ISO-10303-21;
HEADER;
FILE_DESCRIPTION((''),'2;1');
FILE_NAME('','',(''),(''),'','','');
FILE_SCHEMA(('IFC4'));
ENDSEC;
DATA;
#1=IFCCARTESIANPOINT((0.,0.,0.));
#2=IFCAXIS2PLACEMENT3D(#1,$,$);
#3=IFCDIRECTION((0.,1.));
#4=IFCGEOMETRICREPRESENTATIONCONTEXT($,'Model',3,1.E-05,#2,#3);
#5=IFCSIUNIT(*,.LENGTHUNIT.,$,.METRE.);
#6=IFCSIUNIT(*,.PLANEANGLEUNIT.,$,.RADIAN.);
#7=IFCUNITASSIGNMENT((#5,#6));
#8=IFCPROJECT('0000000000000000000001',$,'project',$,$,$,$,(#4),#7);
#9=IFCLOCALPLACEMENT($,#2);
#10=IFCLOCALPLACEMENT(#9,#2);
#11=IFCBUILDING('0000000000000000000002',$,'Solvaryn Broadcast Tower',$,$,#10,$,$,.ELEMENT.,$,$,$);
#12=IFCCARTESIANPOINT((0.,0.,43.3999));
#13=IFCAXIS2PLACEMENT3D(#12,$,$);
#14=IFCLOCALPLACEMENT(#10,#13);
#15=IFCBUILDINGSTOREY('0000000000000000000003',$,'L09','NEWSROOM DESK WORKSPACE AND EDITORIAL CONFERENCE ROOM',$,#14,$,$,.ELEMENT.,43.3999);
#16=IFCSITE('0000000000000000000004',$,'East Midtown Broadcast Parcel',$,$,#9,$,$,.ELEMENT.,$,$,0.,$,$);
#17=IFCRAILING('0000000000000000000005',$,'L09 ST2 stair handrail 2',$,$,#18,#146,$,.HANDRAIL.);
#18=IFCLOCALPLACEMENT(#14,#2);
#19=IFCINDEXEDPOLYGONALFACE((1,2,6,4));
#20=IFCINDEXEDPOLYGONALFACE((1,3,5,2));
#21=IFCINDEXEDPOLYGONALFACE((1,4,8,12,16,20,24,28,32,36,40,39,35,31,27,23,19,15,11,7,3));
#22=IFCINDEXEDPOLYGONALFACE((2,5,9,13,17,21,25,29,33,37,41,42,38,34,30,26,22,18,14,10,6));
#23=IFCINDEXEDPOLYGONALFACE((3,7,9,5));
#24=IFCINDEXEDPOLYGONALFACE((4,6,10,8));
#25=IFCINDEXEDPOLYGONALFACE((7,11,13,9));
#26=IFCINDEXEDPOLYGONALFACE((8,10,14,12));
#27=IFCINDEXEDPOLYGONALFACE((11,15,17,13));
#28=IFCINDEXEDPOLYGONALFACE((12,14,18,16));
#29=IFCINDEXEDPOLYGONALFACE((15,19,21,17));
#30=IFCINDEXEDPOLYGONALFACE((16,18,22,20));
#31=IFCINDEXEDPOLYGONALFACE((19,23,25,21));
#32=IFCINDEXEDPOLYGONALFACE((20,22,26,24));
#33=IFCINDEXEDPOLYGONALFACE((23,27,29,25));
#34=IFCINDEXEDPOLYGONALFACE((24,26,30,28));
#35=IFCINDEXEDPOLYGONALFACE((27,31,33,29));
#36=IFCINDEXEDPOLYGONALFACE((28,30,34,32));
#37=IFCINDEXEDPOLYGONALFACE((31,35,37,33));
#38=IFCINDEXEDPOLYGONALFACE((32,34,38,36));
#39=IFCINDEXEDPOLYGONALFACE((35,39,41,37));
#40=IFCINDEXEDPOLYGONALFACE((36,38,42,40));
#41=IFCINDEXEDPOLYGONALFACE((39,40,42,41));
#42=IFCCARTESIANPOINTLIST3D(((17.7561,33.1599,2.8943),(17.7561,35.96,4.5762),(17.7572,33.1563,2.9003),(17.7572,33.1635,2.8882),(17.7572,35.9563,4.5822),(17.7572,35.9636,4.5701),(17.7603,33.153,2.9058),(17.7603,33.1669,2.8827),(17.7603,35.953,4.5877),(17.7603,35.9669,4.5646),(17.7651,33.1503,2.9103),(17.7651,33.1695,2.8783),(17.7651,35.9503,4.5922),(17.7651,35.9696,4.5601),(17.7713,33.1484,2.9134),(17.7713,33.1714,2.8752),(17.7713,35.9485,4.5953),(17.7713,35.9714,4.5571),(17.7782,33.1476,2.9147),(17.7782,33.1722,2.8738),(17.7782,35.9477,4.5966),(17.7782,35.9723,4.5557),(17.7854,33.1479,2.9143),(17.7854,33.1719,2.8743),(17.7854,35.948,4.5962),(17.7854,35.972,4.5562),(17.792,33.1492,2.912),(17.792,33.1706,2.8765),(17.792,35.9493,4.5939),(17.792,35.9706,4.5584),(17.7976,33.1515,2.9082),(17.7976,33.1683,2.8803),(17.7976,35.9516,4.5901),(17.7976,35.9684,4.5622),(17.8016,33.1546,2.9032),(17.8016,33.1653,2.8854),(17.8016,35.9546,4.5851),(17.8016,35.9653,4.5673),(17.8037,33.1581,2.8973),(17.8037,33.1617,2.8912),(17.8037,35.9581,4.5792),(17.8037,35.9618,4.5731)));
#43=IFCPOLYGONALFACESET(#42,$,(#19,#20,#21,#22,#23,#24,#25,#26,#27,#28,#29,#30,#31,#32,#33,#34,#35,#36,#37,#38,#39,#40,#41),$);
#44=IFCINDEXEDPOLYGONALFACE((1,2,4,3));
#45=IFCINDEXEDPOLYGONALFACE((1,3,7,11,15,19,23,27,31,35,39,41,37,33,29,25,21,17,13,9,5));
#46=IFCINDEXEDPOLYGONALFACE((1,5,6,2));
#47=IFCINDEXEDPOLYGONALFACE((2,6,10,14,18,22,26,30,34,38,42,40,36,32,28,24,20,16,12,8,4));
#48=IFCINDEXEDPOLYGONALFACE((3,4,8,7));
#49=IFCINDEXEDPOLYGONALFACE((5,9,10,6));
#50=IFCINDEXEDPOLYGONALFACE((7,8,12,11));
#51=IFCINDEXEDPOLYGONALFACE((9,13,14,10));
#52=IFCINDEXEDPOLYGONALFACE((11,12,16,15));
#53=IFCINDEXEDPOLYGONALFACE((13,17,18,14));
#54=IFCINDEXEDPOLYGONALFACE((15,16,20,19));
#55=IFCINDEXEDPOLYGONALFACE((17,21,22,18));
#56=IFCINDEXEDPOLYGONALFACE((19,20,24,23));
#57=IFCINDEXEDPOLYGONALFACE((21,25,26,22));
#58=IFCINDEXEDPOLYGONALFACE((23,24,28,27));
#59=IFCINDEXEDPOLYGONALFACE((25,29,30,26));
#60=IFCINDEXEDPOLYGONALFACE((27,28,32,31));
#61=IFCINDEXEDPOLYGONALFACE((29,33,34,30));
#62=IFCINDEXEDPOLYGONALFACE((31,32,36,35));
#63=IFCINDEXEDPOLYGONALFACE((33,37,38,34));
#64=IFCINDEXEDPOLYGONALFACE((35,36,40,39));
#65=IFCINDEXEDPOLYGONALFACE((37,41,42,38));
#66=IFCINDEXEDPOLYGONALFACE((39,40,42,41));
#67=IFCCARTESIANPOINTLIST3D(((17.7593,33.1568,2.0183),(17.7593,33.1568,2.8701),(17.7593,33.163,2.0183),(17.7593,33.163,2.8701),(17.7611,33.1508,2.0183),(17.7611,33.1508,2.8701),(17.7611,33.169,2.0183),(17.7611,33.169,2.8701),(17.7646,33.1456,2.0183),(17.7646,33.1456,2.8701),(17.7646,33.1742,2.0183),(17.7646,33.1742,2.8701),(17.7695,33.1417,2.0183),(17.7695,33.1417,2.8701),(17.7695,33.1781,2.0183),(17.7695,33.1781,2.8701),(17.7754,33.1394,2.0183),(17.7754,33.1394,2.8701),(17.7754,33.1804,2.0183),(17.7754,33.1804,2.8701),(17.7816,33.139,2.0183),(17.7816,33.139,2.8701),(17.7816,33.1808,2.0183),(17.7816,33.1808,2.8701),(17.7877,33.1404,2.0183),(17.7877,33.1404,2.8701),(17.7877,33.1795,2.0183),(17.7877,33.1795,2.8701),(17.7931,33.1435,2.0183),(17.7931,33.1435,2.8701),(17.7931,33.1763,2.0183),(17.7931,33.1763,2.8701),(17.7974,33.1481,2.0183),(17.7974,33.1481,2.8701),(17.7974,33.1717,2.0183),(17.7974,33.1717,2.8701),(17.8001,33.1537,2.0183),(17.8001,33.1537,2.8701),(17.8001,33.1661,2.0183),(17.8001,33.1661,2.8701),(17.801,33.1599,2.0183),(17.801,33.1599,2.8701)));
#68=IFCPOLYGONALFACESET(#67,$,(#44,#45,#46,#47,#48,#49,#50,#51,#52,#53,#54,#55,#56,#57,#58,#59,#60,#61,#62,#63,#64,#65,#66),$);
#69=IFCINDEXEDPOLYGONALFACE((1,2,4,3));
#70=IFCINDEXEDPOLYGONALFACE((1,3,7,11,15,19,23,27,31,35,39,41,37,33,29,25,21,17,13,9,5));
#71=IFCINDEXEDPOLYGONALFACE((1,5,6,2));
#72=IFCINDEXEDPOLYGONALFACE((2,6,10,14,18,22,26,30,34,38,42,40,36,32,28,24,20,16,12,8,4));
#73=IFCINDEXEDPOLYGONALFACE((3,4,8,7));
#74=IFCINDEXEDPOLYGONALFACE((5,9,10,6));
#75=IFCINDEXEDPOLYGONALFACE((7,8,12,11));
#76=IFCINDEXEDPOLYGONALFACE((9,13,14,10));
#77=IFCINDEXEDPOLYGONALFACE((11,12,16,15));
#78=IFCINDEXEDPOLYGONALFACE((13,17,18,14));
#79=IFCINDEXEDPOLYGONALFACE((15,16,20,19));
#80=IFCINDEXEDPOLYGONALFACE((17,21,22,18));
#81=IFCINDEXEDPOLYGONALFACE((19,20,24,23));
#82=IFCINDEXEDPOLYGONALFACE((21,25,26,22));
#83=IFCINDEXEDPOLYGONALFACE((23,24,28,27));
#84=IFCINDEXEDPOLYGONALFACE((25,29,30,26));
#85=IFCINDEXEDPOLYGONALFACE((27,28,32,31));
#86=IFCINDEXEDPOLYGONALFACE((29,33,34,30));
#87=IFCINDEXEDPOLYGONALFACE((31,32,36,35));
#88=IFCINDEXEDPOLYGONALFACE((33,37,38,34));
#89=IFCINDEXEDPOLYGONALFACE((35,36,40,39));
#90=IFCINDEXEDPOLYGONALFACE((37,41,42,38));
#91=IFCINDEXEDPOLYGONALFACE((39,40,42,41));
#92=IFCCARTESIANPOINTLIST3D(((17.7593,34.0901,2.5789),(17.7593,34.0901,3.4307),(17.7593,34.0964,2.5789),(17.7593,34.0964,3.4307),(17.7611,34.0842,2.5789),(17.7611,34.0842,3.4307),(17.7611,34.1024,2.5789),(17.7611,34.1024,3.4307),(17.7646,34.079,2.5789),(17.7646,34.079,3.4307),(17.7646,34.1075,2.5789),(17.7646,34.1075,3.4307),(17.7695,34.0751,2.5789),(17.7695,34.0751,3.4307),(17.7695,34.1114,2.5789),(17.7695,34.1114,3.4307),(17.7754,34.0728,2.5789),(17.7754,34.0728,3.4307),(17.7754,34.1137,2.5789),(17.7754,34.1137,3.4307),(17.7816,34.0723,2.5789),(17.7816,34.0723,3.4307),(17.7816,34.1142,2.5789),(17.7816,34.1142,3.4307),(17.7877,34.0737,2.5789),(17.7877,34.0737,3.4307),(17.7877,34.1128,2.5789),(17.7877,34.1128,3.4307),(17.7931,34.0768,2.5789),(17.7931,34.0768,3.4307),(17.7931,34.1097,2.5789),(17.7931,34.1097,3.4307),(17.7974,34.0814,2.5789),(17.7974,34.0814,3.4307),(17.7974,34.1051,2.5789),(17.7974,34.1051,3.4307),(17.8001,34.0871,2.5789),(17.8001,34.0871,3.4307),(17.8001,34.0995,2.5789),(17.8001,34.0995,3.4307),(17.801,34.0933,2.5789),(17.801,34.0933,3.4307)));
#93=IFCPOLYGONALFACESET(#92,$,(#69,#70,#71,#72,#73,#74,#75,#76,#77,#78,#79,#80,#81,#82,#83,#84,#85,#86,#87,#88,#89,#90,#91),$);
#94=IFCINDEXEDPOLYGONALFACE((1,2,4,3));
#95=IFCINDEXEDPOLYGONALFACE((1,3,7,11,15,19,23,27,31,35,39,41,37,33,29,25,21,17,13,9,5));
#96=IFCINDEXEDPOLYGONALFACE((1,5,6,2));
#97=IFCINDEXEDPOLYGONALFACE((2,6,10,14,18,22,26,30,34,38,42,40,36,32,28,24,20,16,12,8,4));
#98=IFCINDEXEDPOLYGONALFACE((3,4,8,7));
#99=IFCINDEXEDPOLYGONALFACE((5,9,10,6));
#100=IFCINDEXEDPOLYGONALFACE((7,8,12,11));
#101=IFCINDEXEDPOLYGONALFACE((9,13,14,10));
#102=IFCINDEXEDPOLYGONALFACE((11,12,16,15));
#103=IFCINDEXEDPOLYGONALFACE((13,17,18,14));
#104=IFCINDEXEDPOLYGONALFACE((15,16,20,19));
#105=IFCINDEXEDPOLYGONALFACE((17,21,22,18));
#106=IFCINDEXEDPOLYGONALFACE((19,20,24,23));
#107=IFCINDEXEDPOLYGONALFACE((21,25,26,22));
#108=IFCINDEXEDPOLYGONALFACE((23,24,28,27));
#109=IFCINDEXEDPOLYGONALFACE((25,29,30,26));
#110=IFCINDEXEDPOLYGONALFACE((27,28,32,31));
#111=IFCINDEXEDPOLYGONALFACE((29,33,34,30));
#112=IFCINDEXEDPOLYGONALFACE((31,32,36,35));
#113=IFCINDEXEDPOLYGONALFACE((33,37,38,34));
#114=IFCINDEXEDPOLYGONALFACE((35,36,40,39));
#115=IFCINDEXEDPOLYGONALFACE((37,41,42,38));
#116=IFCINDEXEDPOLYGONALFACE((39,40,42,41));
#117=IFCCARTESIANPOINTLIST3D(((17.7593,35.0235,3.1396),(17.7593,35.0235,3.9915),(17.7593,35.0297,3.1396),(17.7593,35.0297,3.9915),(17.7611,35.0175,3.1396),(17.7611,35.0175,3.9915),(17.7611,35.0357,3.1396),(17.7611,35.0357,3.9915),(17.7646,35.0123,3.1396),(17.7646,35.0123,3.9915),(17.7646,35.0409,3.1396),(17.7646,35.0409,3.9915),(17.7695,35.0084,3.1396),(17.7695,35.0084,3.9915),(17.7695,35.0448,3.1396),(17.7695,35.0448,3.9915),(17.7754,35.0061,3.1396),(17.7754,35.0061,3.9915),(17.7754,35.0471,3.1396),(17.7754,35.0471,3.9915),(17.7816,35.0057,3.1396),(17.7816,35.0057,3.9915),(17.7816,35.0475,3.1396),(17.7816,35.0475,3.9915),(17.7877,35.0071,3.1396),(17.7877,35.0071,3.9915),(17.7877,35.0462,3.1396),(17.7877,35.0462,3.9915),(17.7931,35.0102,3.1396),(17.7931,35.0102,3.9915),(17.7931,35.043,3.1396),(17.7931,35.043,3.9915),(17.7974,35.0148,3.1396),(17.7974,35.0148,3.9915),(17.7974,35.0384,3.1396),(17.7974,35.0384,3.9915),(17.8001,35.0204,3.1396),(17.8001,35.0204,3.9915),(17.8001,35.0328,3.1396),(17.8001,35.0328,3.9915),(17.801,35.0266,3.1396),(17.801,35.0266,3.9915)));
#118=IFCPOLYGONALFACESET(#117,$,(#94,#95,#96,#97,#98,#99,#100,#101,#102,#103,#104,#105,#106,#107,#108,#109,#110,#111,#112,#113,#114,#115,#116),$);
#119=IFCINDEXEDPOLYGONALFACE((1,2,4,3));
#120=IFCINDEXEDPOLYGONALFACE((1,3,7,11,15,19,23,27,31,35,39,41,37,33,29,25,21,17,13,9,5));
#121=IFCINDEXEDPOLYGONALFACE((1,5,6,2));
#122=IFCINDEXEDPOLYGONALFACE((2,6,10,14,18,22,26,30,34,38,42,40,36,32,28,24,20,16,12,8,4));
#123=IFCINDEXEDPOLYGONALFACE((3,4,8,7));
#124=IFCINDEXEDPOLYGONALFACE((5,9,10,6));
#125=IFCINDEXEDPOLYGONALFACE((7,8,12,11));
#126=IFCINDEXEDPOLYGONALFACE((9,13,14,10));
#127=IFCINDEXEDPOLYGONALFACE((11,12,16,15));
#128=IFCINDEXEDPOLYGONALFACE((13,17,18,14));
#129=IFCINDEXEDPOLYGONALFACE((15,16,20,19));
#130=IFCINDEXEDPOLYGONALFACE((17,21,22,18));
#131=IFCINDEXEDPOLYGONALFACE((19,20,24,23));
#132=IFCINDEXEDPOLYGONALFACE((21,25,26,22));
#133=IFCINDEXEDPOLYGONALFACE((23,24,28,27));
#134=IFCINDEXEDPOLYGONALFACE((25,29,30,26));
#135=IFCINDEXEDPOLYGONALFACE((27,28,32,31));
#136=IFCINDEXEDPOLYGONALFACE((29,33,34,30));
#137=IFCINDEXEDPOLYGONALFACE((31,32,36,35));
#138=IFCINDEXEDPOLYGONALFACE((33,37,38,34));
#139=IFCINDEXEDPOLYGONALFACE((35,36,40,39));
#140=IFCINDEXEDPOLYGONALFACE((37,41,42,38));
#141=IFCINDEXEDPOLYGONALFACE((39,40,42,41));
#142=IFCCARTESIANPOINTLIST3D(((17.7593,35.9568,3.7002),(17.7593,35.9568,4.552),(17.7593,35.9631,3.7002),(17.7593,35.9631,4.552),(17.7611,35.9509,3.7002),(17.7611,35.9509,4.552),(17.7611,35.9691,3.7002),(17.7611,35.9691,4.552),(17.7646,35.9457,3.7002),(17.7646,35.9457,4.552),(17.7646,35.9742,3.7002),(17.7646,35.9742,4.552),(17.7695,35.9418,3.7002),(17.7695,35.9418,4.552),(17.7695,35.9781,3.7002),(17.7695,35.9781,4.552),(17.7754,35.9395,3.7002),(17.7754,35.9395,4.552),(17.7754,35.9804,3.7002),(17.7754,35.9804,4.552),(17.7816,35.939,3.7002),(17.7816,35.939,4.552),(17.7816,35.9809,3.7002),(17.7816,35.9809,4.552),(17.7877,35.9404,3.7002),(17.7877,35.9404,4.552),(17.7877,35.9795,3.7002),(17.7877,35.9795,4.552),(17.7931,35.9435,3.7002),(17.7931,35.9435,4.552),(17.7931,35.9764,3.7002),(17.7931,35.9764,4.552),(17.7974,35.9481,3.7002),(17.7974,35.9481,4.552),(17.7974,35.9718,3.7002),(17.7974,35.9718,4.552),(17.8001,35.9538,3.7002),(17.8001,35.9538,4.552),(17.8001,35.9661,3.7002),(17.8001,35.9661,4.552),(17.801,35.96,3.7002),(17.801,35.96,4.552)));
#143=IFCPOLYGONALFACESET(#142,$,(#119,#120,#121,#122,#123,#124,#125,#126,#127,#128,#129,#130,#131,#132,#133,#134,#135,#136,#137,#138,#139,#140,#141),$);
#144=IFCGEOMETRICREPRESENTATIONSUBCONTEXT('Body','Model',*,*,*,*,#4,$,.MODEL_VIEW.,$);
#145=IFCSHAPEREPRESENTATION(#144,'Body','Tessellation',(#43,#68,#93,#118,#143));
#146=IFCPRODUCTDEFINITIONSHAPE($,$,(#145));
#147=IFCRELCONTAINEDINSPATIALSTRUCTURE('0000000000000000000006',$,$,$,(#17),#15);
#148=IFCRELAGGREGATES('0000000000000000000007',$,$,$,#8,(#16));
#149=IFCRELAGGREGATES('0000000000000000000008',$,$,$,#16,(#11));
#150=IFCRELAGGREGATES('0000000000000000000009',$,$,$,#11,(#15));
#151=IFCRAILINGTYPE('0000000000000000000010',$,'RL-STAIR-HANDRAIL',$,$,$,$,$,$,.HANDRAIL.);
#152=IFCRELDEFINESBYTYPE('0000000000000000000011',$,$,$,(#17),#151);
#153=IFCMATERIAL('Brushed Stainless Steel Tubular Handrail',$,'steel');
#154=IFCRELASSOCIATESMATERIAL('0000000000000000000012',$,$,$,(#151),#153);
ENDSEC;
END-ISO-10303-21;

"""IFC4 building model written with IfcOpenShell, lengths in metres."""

from ifc_helpers import new_model, si_unit, direction, frame, origin, origin_2d, place, context, subcontext, project, spatial, circle, extrude, material, type_object, element, save


model = new_model("IFC4")

# Units and contexts
model_context = context("Model", 3, precision=1e-05, world=origin(), true_north=direction((0.0, 1.0)))
body_context = subcontext(model_context, "Body", "Model", "MODEL_VIEW")
ifc_project = project(units=[si_unit("LENGTHUNIT", "METRE"), si_unit("PLANEANGLEUNIT", "RADIAN")], contexts=[model_context])

# Site, building, storey
site_placement = place(None, origin())
site = spatial("IfcSite", under=ifc_project, at=site_placement, Name="East Midtown Broadcast Parcel", CompositionType="ELEMENT", RefElevation=0.0)
building_placement = place(site_placement, origin())
building = spatial("IfcBuilding", under=site, at=building_placement, Name="Solvaryn Broadcast Tower", CompositionType="ELEMENT")
storey_placement = place(building_placement, frame((0.0, 0.0, 43.3999)))
storey = spatial("IfcBuildingStorey", under=building, at=storey_placement, Name="L09", Description="NEWSROOM DESK WORKSPACE AND EDITORIAL CONFERENCE ROOM", CompositionType="ELEMENT", Elevation=43.3999)

# Railing
ifc_material_1 = material(Name="Brushed Stainless Steel Tubular Handrail", Category="steel")
railing_type_1 = type_object("IfcRailingType", Name="RL-STAIR-HANDRAIL", PredefinedType="HANDRAIL", material=ifc_material_1)
railing_1_placement = place(storey_placement, frame((17.78, 33.1599, 2.0183)))
element("IfcRailing", 1, at=railing_1_placement, inside=storey, type_object=railing_type_1, Name="L09 ST2 stair handrail 2", PredefinedType="HANDRAIL", context=body_context, shape_type="SweptSolid", body=[
    extrude(circle(Radius=0.0239, at=origin_2d()), frame((0.0, 0.0, 0.876), z_axis=(0.0, 0.857242, 0.514913), x_axis=(-1.0, 0.0, 0.0)), (0.0, 0.0, 1.0), 3.2664),
    extrude(circle(Radius=0.021, at=origin_2d()), origin(), (0.0, 0.0, 1.0), 0.8518),
    extrude(circle(Radius=0.021, at=origin_2d()), frame((0.0, 0.9333, 0.5605)), (0.0, 0.0, 1.0), 0.8518),
    extrude(circle(Radius=0.021, at=origin_2d()), frame((0.0, 1.8667, 1.1213)), (0.0, 0.0, 1.0), 0.8518),
    extrude(circle(Radius=0.021, at=origin_2d()), frame((0.0, 2.8, 1.6819)), (0.0, 0.0, 1.0), 0.8518),
])

save(model, "model.ifc")
